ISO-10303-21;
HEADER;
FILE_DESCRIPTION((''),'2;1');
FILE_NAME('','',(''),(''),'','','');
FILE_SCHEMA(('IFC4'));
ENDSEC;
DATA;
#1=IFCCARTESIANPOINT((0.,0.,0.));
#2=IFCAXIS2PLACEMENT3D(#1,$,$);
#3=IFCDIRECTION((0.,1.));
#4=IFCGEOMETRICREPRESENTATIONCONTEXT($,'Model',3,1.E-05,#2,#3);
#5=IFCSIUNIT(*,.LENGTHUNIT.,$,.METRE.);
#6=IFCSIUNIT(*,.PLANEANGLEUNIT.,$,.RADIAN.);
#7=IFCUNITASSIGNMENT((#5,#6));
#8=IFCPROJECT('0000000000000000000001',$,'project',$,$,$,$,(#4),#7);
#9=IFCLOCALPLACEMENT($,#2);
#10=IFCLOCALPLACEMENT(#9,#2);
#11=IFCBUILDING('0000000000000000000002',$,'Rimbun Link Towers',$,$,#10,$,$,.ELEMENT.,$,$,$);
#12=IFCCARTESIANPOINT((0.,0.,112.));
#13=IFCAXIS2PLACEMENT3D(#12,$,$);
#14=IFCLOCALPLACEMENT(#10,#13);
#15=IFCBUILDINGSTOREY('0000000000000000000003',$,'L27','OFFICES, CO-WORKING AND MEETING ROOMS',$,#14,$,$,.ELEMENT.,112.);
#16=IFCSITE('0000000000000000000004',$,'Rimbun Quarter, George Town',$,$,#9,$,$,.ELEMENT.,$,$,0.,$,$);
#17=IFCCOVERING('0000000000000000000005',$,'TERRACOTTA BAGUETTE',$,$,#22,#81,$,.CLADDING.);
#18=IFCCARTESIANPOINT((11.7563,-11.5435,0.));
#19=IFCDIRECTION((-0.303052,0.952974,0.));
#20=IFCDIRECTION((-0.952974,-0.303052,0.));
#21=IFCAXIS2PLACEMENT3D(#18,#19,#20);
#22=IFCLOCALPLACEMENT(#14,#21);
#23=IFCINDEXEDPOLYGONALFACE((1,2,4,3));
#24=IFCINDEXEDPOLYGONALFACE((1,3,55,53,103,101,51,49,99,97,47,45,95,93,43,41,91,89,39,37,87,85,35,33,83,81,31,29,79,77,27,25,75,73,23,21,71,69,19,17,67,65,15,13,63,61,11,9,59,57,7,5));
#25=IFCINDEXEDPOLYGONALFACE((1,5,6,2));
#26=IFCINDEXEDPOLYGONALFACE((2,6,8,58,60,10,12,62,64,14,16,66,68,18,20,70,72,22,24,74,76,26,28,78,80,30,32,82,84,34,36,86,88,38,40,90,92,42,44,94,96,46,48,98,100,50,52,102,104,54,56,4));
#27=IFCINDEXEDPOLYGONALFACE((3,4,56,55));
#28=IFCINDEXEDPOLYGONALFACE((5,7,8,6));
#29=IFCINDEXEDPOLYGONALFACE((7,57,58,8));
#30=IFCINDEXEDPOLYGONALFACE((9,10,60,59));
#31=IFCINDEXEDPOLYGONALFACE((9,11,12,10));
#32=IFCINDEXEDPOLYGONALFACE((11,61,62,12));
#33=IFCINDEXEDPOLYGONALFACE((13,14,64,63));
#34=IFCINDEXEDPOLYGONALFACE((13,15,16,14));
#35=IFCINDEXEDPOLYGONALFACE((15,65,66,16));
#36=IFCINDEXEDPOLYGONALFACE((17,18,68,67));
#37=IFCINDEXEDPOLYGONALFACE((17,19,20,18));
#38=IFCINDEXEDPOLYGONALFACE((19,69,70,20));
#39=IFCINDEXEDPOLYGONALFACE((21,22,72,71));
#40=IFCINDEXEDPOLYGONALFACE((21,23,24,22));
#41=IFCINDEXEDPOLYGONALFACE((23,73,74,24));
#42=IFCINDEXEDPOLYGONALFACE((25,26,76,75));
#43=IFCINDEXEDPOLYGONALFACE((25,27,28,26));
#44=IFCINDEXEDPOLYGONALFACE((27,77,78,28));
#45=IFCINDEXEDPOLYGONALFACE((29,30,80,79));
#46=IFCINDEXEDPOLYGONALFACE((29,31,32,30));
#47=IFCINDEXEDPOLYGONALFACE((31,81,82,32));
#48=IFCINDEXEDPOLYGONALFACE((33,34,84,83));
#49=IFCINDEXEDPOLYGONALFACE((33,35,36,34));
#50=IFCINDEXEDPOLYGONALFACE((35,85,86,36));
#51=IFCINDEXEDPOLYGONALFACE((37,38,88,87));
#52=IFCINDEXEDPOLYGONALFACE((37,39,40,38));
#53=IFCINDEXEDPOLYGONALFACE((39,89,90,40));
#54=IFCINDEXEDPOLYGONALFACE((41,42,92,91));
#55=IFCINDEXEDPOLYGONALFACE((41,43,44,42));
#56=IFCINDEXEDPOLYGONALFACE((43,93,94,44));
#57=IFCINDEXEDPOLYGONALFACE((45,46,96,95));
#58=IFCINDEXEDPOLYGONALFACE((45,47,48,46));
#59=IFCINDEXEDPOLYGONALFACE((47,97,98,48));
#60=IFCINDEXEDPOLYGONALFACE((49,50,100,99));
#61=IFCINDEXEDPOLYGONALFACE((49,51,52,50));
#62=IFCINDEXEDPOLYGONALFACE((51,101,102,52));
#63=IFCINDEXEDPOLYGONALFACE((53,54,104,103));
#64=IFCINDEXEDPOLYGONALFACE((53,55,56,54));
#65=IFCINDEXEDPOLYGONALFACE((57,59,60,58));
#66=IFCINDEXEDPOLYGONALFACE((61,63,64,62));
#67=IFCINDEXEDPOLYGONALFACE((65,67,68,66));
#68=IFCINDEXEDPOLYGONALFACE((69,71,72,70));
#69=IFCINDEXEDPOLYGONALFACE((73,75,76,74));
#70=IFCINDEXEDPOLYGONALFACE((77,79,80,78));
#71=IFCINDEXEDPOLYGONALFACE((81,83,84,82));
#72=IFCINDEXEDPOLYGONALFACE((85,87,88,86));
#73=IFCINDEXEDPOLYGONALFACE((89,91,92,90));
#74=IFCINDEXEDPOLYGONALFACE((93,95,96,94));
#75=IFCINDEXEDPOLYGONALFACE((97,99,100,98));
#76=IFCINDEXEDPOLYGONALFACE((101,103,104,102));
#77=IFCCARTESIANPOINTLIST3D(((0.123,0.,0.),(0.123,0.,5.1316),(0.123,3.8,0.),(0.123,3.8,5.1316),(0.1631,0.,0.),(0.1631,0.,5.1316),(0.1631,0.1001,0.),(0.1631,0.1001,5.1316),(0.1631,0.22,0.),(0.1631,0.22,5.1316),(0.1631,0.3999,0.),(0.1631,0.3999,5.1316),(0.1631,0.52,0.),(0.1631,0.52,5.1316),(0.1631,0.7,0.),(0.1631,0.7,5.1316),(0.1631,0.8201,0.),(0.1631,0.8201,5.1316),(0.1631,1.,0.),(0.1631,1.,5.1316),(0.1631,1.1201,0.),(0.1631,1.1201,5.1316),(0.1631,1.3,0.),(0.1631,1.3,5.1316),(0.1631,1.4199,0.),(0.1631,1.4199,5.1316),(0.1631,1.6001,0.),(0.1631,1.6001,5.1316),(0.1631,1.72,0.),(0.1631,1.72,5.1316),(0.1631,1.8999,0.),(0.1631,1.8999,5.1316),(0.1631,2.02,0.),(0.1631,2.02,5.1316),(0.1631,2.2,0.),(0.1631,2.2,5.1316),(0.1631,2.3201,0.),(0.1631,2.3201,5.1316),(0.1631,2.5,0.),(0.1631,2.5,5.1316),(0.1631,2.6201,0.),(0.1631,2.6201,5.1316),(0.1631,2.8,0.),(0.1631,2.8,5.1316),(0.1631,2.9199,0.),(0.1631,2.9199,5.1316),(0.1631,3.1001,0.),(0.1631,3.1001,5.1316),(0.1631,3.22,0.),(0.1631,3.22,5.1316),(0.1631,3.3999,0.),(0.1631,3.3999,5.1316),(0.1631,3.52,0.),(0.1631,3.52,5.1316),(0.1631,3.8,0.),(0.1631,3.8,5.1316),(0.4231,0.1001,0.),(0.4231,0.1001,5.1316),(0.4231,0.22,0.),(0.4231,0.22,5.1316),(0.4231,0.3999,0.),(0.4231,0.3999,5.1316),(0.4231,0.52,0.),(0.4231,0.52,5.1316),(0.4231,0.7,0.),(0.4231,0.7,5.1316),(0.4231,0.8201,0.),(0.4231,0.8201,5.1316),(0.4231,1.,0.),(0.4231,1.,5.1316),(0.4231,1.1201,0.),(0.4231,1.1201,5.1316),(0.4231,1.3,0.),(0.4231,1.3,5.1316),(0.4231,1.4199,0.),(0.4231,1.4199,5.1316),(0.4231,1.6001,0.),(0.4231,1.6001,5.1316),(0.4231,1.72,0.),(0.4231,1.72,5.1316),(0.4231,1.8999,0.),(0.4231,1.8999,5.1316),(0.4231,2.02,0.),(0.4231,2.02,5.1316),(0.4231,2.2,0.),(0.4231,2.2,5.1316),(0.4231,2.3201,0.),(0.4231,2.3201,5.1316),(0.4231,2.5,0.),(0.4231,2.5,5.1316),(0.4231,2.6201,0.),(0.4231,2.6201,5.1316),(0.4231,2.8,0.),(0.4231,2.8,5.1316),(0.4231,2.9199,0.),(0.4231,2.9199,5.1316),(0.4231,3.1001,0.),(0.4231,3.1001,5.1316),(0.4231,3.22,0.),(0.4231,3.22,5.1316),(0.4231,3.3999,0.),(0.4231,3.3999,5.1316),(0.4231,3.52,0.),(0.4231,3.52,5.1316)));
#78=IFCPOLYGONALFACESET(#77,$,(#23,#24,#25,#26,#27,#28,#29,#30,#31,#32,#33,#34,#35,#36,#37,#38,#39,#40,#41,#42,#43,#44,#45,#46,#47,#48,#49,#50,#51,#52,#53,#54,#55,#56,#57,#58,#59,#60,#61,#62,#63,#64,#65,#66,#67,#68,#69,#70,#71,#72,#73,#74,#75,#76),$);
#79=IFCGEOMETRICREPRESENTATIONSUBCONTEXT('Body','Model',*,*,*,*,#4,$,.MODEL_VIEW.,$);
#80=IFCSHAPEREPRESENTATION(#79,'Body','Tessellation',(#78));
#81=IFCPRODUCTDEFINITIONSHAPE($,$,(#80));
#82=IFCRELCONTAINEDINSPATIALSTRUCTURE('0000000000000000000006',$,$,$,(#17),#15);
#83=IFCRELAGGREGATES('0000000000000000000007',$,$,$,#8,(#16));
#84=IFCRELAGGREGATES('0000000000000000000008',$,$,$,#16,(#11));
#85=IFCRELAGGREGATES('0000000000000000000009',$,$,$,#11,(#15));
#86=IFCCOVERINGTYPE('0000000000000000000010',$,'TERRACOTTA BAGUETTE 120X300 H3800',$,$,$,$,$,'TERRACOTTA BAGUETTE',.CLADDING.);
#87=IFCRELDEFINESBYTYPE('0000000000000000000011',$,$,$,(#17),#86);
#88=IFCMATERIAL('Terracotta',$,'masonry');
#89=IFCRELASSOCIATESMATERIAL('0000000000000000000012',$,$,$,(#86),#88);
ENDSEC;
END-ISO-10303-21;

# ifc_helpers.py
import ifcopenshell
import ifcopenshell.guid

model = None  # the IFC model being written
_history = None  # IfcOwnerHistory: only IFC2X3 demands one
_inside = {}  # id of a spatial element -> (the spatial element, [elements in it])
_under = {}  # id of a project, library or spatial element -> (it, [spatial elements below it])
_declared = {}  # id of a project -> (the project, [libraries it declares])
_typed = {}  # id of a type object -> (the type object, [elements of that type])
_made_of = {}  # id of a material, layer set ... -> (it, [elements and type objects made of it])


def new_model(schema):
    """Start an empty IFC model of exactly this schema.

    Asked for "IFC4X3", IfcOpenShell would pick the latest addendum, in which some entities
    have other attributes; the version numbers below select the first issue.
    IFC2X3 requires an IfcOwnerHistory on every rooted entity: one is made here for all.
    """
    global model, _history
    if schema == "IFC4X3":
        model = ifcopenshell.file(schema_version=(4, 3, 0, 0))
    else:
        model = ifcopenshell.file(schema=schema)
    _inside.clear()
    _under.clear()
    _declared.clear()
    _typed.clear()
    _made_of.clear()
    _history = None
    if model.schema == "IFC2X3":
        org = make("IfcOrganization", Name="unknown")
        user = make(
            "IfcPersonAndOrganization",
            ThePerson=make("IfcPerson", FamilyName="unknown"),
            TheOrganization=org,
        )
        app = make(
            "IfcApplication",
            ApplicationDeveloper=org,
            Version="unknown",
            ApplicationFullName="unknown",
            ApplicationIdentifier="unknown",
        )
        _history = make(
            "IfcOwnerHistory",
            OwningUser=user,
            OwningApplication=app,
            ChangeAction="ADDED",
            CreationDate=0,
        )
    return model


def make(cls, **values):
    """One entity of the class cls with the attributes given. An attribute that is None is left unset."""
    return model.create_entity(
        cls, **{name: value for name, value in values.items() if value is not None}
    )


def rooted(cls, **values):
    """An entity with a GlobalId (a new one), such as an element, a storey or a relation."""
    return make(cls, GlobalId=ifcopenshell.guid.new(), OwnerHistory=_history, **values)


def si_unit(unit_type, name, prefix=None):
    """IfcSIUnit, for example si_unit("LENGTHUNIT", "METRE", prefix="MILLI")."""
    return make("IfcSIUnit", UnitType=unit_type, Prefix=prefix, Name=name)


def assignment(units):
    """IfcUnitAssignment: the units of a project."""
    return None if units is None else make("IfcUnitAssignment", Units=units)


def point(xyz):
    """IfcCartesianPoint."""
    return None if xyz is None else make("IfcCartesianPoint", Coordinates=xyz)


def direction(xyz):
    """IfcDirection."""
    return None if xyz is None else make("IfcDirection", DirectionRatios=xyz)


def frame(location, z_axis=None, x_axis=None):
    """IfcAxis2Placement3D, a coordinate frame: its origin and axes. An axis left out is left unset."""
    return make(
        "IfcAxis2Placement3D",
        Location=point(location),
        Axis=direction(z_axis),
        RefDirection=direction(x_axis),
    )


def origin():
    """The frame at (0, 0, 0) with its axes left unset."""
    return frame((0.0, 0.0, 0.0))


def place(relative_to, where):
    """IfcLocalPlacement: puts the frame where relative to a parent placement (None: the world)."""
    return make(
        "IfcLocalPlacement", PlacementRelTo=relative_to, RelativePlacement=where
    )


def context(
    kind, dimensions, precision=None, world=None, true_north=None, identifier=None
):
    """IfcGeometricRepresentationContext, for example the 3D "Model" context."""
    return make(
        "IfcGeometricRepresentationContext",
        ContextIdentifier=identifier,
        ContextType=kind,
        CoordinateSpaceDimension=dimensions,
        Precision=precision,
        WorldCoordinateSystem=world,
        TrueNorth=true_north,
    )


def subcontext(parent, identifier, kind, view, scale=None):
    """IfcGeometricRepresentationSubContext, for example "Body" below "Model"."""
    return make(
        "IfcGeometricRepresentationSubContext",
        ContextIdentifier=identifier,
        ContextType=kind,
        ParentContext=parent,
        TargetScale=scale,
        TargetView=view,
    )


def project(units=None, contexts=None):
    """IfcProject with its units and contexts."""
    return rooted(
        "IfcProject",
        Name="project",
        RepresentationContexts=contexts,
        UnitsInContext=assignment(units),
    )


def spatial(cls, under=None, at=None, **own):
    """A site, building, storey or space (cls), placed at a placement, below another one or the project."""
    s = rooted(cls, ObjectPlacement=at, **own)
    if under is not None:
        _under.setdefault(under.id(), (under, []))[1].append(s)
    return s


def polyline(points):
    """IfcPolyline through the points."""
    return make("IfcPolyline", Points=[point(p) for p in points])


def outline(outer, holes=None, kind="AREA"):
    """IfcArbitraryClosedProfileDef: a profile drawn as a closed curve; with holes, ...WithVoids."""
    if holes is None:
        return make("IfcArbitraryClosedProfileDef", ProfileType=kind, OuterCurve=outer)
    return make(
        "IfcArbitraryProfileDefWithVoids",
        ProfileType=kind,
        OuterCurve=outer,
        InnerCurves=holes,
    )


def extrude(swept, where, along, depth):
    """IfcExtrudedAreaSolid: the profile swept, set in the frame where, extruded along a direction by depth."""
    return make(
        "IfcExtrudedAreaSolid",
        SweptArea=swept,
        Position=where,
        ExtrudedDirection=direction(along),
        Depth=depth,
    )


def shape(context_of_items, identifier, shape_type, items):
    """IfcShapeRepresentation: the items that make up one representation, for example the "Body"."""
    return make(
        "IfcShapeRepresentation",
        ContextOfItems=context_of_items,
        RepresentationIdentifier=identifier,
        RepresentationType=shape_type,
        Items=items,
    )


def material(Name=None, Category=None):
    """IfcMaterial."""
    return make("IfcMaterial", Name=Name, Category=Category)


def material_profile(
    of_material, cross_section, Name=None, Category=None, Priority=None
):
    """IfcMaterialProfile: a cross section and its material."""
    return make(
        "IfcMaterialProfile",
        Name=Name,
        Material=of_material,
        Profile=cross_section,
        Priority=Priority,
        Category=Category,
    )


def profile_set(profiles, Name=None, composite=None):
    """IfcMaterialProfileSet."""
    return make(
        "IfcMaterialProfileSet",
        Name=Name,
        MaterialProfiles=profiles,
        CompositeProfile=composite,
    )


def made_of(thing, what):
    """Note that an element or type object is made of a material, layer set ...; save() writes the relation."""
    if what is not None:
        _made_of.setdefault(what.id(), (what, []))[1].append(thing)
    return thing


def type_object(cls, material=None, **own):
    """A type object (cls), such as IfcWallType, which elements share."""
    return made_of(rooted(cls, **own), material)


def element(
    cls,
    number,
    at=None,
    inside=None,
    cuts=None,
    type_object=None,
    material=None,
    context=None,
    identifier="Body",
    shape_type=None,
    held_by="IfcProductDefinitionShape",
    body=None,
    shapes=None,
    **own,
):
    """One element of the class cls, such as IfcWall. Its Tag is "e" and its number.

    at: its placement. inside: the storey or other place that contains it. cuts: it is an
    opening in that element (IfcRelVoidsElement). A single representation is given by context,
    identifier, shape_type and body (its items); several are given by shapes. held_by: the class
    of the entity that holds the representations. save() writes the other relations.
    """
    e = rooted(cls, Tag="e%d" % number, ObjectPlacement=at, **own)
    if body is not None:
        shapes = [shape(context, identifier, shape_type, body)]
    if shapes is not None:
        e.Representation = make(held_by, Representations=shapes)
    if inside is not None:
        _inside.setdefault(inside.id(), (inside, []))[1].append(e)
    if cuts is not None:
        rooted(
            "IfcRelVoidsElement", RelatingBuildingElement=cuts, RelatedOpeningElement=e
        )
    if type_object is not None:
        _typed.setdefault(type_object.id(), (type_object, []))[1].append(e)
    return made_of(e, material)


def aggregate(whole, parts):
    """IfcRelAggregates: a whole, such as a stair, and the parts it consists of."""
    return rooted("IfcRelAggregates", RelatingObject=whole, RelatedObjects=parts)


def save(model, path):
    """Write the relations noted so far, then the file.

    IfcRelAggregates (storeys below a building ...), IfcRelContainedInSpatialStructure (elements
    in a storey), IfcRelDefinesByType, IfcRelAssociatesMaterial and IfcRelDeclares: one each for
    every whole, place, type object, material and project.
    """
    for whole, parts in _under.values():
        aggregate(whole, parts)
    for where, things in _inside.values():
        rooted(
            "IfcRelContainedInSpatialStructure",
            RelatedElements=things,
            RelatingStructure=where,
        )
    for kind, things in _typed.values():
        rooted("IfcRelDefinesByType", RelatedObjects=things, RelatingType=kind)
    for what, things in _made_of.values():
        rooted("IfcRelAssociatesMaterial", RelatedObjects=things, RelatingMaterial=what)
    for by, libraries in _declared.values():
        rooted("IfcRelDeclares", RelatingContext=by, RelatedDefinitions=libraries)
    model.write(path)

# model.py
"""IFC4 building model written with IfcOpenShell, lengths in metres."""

from ifc_helpers import new_model, si_unit, direction, frame, origin, place, context, subcontext, project, spatial, polyline, outline, extrude, material, material_profile, profile_set, type_object, element, save


model = new_model("IFC4")

# Units and contexts
model_context = context("Model", 3, precision=1e-05, world=origin(), true_north=direction((0.0, 1.0)))
body_context = subcontext(model_context, "Body", "Model", "MODEL_VIEW")
ifc_project = project(units=[si_unit("LENGTHUNIT", "METRE"), si_unit("PLANEANGLEUNIT", "RADIAN")], contexts=[model_context])

# Site, building, storey
site_placement = place(None, origin())
site = spatial("IfcSite", under=ifc_project, at=site_placement, Name="Rimbun Quarter, George Town", CompositionType="ELEMENT", RefElevation=0.0)
building_placement = place(site_placement, origin())
building = spatial("IfcBuilding", under=site, at=building_placement, Name="Rimbun Link Towers", CompositionType="ELEMENT")
storey_placement = place(building_placement, frame((0.0, 0.0, 112.0)))
storey = spatial("IfcBuildingStorey", under=building, at=storey_placement, Name="L27", Description="OFFICES, CO-WORKING AND MEETING ROOMS", CompositionType="ELEMENT", Elevation=112.0)

# Covering
ifc_material_1 = material(Name="Terracotta", Category="masonry")
ifc_material_profile_1 = material_profile(ifc_material_1, outline(polyline([(0.123, 0.0), (0.1631, 0.0), (0.1631, 0.1001), (0.4231, 0.1001), (0.4231, 0.22), (0.1631, 0.22), (0.1631, 0.3999), (0.4231, 0.3999), (0.4231, 0.52), (0.1631, 0.52), (0.1631, 0.7), (0.4231, 0.7), (0.4231, 0.8201), (0.1631, 0.8201), (0.1631, 1.0), (0.4231, 1.0), (0.4231, 1.1201), (0.1631, 1.1201), (0.1631, 1.3), (0.4231, 1.3), (0.4231, 1.4199), (0.1631, 1.4199), (0.1631, 1.6001), (0.4231, 1.6001), (0.4231, 1.72), (0.1631, 1.72), (0.1631, 1.8999), (0.4231, 1.8999), (0.4231, 2.02), (0.1631, 2.02), (0.1631, 2.2), (0.4231, 2.2), (0.4231, 2.3201), (0.1631, 2.3201), (0.1631, 2.5), (0.4231, 2.5), (0.4231, 2.6201), (0.1631, 2.6201), (0.1631, 2.8), (0.4231, 2.8), (0.4231, 2.9199), (0.1631, 2.9199), (0.1631, 3.1001), (0.4231, 3.1001), (0.4231, 3.22), (0.1631, 3.22), (0.1631, 3.3999), (0.4231, 3.3999), (0.4231, 3.52), (0.1631, 3.52), (0.1631, 3.8), (0.123, 3.8), (0.123, 0.0)])), Name="BAGUETTE 120X300")
ifc_profile_set_1 = profile_set([ifc_material_profile_1], Name="Terracotta")
covering_type_1 = type_object("IfcCoveringType", Name="TERRACOTTA BAGUETTE 120X300 H3800", ElementType="TERRACOTTA BAGUETTE", PredefinedType="CLADDING", material=ifc_profile_set_1)
covering_1_placement = place(storey_placement, frame((11.7563, -11.5435, 0.0), z_axis=(-0.303052, 0.952974, 0.0), x_axis=(-0.952974, -0.303052, 0.0)))
element("IfcCovering", 1, at=covering_1_placement, inside=storey, type_object=covering_type_1, Name="TERRACOTTA BAGUETTE", PredefinedType="CLADDING", context=body_context, shape_type="SweptSolid", body=[
    extrude(outline(polyline([(0.123, 0.0), (0.1631, 0.0), (0.1631, 0.1001), (0.4231, 0.1001), (0.4231, 0.22), (0.1631, 0.22), (0.1631, 0.3999), (0.4231, 0.3999), (0.4231, 0.52), (0.1631, 0.52), (0.1631, 0.7), (0.4231, 0.7), (0.4231, 0.8201), (0.1631, 0.8201), (0.1631, 1.0), (0.4231, 1.0), (0.4231, 1.1201), (0.1631, 1.1201), (0.1631, 1.3), (0.4231, 1.3), (0.4231, 1.4199), (0.1631, 1.4199), (0.1631, 1.6001), (0.4231, 1.6001), (0.4231, 1.72), (0.1631, 1.72), (0.1631, 1.8999), (0.4231, 1.8999), (0.4231, 2.02), (0.1631, 2.02), (0.1631, 2.2), (0.4231, 2.2), (0.4231, 2.3201), (0.1631, 2.3201), (0.1631, 2.5), (0.4231, 2.5), (0.4231, 2.6201), (0.1631, 2.6201), (0.1631, 2.8), (0.4231, 2.8), (0.4231, 2.9199), (0.1631, 2.9199), (0.1631, 3.1001), (0.4231, 3.1001), (0.4231, 3.22), (0.1631, 3.22), (0.1631, 3.3999), (0.4231, 3.3999), (0.4231, 3.52), (0.1631, 3.52), (0.1631, 3.8), (0.123, 3.8), (0.123, 0.0)])), origin(), (0.0, 0.0, 1.0), 5.1316),
])

save(model, "model.ifc")
